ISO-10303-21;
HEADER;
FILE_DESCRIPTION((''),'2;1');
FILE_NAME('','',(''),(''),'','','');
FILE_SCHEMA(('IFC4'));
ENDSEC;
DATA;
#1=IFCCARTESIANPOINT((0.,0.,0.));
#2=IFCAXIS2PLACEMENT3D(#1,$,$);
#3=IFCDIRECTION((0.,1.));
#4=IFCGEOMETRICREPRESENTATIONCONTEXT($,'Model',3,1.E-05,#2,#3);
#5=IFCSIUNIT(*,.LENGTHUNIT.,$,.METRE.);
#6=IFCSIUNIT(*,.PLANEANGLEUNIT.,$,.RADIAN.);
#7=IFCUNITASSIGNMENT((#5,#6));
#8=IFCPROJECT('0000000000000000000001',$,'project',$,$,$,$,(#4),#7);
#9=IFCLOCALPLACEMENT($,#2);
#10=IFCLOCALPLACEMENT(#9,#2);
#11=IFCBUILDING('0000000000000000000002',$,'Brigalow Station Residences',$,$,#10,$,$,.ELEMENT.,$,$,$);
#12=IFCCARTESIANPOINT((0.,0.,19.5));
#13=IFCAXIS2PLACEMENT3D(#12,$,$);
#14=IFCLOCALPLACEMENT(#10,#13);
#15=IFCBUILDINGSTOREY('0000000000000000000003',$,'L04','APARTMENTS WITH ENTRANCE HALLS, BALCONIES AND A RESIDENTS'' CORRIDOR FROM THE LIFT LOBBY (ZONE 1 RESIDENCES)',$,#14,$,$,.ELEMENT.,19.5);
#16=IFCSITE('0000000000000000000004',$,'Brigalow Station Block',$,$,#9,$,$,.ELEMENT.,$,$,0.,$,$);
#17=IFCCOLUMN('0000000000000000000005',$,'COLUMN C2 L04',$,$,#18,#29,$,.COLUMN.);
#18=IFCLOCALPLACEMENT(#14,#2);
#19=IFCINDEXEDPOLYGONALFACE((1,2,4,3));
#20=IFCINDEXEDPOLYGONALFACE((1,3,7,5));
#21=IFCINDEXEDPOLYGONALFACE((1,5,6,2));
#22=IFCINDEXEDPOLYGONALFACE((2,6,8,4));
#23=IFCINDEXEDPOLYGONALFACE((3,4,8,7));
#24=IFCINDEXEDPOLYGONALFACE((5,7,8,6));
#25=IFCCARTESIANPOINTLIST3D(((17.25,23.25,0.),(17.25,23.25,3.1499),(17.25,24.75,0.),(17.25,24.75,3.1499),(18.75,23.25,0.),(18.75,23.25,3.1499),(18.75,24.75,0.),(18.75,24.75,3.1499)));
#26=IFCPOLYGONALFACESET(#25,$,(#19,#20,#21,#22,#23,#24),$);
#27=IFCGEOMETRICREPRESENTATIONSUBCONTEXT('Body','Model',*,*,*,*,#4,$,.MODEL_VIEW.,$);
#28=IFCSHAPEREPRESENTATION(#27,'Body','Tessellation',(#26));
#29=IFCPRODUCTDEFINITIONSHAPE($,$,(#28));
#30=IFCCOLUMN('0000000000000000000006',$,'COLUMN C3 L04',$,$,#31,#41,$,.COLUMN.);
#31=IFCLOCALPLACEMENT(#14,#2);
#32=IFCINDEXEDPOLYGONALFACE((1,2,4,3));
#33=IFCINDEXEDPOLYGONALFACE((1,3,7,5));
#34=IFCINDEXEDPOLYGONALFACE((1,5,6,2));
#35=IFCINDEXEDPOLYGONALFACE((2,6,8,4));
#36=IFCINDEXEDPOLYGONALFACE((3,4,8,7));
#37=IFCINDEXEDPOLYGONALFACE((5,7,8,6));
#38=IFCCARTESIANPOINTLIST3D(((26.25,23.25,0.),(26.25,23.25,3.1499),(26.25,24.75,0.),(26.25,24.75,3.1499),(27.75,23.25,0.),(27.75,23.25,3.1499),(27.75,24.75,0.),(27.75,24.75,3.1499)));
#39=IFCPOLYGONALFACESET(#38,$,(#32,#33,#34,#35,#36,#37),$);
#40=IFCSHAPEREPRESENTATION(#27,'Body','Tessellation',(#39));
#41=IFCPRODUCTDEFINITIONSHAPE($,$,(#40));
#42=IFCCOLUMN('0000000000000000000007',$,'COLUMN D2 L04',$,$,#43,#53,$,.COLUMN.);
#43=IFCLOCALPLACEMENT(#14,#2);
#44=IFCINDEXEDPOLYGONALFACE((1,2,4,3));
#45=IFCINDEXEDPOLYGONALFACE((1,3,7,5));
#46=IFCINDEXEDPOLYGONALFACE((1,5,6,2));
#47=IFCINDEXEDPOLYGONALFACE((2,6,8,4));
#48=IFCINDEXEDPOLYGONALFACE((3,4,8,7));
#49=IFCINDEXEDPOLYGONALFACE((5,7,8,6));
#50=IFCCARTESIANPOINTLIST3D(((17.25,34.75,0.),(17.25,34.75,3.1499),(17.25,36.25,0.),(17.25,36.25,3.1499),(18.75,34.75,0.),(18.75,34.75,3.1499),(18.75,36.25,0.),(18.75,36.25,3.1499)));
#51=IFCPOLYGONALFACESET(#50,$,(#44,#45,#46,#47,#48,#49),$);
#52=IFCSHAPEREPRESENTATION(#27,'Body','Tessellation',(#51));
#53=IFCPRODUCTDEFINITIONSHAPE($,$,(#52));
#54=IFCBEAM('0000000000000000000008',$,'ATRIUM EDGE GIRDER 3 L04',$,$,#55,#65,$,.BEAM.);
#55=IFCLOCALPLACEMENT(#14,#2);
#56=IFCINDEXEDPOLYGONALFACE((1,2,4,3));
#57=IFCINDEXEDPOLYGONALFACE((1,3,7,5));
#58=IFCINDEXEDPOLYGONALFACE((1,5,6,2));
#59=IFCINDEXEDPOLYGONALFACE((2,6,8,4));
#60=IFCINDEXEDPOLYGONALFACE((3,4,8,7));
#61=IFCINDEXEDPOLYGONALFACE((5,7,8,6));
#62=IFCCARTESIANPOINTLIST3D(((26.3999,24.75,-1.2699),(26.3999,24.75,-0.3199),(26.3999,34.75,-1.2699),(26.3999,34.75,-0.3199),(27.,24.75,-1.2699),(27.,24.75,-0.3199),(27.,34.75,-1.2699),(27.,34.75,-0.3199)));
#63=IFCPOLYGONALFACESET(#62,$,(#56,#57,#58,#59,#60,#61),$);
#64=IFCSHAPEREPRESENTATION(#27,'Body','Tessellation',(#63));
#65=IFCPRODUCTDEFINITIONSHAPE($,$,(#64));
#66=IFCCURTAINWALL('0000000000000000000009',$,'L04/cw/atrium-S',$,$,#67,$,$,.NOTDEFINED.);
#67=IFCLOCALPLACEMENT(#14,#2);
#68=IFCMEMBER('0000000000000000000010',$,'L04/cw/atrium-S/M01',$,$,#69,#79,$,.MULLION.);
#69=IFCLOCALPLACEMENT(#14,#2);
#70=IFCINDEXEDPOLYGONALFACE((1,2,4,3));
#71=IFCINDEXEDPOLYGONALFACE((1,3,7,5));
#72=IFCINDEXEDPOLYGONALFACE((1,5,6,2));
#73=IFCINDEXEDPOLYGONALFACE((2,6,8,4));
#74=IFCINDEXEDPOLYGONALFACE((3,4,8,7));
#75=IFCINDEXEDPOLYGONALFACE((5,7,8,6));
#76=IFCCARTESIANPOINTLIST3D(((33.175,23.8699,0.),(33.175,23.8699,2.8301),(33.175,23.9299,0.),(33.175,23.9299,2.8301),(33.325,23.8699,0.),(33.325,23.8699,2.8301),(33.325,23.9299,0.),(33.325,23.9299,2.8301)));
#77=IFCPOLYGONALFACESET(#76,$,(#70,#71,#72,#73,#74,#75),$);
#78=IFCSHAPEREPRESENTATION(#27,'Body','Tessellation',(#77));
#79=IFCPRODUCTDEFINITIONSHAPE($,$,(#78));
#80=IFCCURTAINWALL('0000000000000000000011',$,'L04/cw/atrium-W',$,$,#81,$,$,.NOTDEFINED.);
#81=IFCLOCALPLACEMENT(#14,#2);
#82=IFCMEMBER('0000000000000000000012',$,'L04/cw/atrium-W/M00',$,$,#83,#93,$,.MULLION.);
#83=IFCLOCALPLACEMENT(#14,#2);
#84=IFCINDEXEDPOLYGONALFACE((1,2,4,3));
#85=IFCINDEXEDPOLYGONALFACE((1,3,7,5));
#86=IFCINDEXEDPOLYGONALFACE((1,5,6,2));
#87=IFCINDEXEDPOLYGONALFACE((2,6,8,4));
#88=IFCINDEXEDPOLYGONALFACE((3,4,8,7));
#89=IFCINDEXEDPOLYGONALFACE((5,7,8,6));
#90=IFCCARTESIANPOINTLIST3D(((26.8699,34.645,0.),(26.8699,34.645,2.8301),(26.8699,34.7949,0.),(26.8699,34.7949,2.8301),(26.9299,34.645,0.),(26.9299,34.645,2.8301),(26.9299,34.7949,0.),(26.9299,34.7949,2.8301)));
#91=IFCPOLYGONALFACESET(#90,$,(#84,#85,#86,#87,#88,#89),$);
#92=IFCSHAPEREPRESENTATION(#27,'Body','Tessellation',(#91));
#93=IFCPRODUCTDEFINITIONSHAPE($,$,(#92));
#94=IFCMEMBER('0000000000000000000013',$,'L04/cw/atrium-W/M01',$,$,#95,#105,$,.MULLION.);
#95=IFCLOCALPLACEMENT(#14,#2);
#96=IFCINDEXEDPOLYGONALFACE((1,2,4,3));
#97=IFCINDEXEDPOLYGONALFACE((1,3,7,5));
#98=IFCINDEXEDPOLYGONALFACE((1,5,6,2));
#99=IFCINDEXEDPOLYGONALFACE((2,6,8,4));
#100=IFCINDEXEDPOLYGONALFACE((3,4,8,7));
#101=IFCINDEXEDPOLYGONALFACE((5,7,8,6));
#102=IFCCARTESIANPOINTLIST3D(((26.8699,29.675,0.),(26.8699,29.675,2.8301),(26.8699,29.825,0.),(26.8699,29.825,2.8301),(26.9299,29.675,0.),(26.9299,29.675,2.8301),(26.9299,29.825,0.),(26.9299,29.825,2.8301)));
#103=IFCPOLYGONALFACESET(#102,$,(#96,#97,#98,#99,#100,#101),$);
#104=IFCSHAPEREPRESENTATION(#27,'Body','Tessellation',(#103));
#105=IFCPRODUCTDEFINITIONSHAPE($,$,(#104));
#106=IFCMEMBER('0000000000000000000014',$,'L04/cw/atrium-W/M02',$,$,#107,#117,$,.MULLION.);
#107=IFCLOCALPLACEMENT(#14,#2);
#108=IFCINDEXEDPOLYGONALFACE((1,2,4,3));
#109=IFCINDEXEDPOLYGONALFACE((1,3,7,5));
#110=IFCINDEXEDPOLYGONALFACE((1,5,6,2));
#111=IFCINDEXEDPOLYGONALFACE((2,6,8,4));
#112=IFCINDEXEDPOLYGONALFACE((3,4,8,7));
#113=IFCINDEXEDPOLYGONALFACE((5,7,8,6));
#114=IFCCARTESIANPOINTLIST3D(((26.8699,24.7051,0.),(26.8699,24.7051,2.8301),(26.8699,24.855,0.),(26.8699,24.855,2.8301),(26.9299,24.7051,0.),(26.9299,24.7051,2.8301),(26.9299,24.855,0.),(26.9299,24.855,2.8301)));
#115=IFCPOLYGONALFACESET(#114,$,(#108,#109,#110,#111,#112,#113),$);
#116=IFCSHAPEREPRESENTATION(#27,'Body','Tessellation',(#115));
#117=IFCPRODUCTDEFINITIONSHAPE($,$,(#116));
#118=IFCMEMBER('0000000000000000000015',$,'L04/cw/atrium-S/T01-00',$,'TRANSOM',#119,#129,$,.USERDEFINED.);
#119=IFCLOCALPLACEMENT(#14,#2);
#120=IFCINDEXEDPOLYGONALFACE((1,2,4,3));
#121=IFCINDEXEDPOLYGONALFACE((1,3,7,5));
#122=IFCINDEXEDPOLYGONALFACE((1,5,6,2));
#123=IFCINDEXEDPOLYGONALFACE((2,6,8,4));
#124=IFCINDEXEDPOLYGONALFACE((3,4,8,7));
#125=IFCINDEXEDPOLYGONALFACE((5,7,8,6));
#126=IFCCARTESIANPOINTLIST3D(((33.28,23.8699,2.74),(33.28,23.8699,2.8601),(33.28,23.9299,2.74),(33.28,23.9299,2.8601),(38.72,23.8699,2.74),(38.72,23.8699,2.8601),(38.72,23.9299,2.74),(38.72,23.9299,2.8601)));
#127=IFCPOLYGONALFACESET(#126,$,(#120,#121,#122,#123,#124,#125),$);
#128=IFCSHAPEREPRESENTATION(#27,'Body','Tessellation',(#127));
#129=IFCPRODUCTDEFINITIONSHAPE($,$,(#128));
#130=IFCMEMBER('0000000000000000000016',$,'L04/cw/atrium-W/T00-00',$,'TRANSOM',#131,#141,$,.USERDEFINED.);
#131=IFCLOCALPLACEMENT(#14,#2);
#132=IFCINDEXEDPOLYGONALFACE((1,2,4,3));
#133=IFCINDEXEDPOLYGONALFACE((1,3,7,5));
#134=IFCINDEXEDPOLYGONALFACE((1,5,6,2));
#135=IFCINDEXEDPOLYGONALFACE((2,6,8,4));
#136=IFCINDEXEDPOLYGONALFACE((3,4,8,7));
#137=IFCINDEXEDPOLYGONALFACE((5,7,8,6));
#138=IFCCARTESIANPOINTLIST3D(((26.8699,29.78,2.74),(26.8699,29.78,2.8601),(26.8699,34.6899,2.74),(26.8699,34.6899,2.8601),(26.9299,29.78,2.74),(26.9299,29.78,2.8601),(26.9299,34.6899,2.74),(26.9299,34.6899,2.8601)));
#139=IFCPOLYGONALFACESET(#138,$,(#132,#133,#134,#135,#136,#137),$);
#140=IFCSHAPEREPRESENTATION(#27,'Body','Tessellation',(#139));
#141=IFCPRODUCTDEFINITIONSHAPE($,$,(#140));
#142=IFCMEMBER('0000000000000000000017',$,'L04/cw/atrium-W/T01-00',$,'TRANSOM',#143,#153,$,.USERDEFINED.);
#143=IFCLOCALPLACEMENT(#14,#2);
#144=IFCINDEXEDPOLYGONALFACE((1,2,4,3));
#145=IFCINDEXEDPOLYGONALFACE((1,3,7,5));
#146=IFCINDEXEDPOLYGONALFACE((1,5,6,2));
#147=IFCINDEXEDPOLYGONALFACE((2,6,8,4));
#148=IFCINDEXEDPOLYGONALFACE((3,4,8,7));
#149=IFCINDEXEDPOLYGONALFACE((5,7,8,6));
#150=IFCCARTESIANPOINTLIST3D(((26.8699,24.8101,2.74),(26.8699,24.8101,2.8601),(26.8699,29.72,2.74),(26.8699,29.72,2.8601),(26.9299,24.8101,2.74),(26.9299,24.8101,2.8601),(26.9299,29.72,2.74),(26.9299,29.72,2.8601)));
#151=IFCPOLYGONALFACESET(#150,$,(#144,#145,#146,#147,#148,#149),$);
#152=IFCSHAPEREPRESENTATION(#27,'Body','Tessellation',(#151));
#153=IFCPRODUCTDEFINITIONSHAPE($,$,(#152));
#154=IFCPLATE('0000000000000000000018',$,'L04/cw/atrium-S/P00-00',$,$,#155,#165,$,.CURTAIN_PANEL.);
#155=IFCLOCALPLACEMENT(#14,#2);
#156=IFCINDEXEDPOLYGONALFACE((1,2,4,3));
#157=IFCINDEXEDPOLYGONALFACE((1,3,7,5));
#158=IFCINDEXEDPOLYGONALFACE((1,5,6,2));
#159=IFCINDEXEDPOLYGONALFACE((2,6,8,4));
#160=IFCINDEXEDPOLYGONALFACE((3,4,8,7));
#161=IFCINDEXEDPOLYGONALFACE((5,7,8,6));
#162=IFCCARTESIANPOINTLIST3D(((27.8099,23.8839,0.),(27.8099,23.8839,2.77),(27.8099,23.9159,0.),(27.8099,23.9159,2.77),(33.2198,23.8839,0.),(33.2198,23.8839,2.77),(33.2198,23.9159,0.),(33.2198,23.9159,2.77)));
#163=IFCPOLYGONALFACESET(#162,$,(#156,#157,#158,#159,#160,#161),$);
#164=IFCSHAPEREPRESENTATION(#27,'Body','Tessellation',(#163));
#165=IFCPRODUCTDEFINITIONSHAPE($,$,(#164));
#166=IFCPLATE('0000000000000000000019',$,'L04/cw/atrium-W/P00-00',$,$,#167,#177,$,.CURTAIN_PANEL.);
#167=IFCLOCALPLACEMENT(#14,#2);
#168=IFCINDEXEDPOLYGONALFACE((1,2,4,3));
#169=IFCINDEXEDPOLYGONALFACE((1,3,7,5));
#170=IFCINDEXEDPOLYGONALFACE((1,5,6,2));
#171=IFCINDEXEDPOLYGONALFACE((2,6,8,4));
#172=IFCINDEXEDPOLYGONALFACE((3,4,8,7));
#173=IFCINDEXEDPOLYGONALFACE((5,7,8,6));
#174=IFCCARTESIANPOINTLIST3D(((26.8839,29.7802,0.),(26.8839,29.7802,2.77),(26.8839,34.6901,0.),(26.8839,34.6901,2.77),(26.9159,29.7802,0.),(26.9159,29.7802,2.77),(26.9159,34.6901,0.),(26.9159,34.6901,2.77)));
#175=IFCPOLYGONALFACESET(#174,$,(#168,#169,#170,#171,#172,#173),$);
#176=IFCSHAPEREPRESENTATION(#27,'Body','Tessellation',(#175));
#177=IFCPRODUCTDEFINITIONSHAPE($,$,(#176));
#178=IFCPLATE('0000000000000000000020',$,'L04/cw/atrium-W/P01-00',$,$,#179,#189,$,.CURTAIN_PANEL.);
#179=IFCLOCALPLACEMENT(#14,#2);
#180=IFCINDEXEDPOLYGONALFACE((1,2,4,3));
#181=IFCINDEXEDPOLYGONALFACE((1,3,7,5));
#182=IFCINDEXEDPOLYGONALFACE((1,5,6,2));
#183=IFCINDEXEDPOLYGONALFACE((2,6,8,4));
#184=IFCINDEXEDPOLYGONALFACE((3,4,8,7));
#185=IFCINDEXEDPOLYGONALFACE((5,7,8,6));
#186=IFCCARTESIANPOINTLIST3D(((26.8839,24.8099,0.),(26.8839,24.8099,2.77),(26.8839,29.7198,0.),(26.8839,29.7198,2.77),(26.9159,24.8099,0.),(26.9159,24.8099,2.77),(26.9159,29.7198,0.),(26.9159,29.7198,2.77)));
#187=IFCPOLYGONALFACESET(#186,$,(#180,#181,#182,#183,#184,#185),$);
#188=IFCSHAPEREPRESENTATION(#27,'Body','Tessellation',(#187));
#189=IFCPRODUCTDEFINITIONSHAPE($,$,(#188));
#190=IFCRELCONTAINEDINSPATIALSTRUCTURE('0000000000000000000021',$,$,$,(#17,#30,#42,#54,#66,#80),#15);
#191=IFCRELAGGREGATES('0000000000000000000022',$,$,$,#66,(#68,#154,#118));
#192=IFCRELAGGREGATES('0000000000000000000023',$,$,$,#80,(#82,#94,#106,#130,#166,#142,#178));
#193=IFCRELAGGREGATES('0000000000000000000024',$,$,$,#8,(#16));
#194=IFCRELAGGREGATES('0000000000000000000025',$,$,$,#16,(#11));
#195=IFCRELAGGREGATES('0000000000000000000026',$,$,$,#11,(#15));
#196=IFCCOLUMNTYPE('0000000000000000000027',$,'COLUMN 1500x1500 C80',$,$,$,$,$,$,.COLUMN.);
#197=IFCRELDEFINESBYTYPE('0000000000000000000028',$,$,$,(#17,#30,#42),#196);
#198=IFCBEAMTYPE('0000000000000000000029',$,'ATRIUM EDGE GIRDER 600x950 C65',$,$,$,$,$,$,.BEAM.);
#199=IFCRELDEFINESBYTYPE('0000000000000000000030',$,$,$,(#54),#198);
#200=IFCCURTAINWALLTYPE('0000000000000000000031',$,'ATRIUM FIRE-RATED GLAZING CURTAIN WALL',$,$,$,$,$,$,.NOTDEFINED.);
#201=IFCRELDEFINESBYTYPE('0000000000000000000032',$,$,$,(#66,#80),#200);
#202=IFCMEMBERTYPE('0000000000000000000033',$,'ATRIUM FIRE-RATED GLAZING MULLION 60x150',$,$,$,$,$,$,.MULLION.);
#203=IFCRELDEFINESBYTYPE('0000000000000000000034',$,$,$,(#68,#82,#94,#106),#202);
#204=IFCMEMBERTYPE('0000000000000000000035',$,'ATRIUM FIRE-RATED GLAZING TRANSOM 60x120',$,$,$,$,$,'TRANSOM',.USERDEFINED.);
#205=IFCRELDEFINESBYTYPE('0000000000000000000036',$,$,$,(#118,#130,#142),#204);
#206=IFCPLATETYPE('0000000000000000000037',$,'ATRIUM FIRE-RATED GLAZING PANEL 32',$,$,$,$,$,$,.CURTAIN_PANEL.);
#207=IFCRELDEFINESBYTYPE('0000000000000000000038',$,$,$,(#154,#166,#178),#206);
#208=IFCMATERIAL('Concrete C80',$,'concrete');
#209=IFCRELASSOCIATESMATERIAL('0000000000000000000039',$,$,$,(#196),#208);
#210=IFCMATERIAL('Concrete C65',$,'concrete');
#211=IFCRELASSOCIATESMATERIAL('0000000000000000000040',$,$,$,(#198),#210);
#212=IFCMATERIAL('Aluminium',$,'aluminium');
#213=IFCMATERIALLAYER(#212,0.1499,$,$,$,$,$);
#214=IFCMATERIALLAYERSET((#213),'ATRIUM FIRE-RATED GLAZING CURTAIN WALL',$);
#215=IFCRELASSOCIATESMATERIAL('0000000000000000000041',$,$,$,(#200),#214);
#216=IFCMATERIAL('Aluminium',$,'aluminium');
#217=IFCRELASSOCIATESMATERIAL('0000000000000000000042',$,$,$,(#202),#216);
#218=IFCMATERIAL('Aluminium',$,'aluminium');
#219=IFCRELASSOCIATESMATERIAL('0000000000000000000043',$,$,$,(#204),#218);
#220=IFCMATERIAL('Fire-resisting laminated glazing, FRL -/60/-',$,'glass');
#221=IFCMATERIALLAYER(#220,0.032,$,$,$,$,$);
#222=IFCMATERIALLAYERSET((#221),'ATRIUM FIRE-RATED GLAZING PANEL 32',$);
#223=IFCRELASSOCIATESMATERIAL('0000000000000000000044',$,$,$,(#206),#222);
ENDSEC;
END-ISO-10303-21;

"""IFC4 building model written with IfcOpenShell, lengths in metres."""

from ifc_helpers import new_model, si_unit, direction, frame, origin, origin_2d, place, context, subcontext, project, spatial, rectangle, extrude, material, layer, layer_set, material_profile, profile_set, type_object, element, aggregate, save


model = new_model("IFC4")

# Units and contexts
model_context = context("Model", 3, precision=1e-05, world=origin(), true_north=direction((0.0, 1.0)))
body_context = subcontext(model_context, "Body", "Model", "MODEL_VIEW")
ifc_project = project(units=[si_unit("LENGTHUNIT", "METRE"), si_unit("PLANEANGLEUNIT", "RADIAN")], contexts=[model_context])

# Site, building, storey
site_placement = place(None, origin())
site = spatial("IfcSite", under=ifc_project, at=site_placement, Name="Brigalow Station Block", CompositionType="ELEMENT", RefElevation=0.0)
building_placement = place(site_placement, origin())
building = spatial("IfcBuilding", under=site, at=building_placement, Name="Brigalow Station Residences", CompositionType="ELEMENT")
storey_placement = place(building_placement, frame((0.0, 0.0, 19.5)))
storey = spatial("IfcBuildingStorey", under=building, at=storey_placement, Name="L04", Description="APARTMENTS WITH ENTRANCE HALLS, BALCONIES AND A RESIDENTS' CORRIDOR FROM THE LIFT LOBBY (ZONE 1 RESIDENCES)", CompositionType="ELEMENT", Elevation=19.5)

# Columns
ifc_material_1 = material(Name="Concrete C80", Category="concrete")
ifc_material_profile_1 = material_profile(ifc_material_1, rectangle(XDim=1.5, YDim=1.5, at=origin_2d()), Name="RC1500x1500")
ifc_profile_set_1 = profile_set([ifc_material_profile_1], Name="Concrete C80")
column_type = type_object("IfcColumnType", Name="COLUMN 1500x1500 C80", PredefinedType="COLUMN", material=ifc_profile_set_1)
for number, where, z_axis, x_axis, name in (
    (1, (18.0, 24.0, 0.0), (0.0, 0.0, 1.0), (1.0, 0.0, 0.0), "COLUMN C2 L04"),
    (2, (27.0, 24.0, 0.0), (0.0, 0.0, 1.0), (1.0, 0.0, 0.0), "COLUMN C3 L04"),
    (3, (18.0, 35.5, 0.0), (0.0, 0.0, 1.0), (1.0, 0.0, 0.0), "COLUMN D2 L04"),
):
    element("IfcColumn", number, at=place(storey_placement, frame(where, z_axis=z_axis, x_axis=x_axis)), inside=storey, type_object=column_type, Name=name, PredefinedType="COLUMN", context=body_context, shape_type="SweptSolid", body=[
        extrude(rectangle(XDim=1.5, YDim=1.5, at=origin_2d()), origin(), (0.0, 0.0, 1.0), 3.1499),
    ])

# Beam
ifc_material_2 = material(Name="Concrete C65", Category="concrete")
ifc_material_profile_2 = material_profile(ifc_material_2, rectangle(XDim=0.6001, YDim=0.95, at=origin_2d()), Name="RC600x950")
ifc_profile_set_2 = profile_set([ifc_material_profile_2], Name="Concrete C65")
beam_type = type_object("IfcBeamType", Name="ATRIUM EDGE GIRDER 600x950 C65", PredefinedType="BEAM", material=ifc_profile_set_2)
beam_placement = place(storey_placement, frame((26.7, 24.75, -0.7949), z_axis=(0.0, 1.0, 0.0), x_axis=(-1.0, 0.0, 0.0)))
element("IfcBeam", 4, at=beam_placement, inside=storey, type_object=beam_type, Name="ATRIUM EDGE GIRDER 3 L04", PredefinedType="BEAM", context=body_context, shape_type="SweptSolid", body=[
    extrude(rectangle(XDim=0.6001, YDim=0.95, at=origin_2d()), origin(), (0.0, 0.0, 1.0), 10.0),
])

# Curtain wall, member
ifc_material_3 = material(Name="Aluminium", Category="aluminium")
ifc_layer_1 = layer(ifc_material_3, 0.1499)
ifc_layer_set_1 = layer_set([ifc_layer_1], Name="ATRIUM FIRE-RATED GLAZING CURTAIN WALL")
curtain_wall_type = type_object("IfcCurtainWallType", Name="ATRIUM FIRE-RATED GLAZING CURTAIN WALL", PredefinedType="NOTDEFINED", material=ifc_layer_set_1)
curtain_wall_1_placement = place(storey_placement, origin())
curtain_wall_1 = element("IfcCurtainWall", 5, at=curtain_wall_1_placement, inside=storey, type_object=curtain_wall_type, Name="L04/cw/atrium-S", PredefinedType="NOTDEFINED")
ifc_material_4 = material(Name="Aluminium", Category="aluminium")
ifc_material_profile_3 = material_profile(ifc_material_4, rectangle(XDim=0.0601, YDim=0.1499, at=origin_2d()), Name="ATRIUM FIRE-RATED GLAZING MULLION 60x150")
ifc_profile_set_3 = profile_set([ifc_material_profile_3], Name="Aluminium")
member_type_1 = type_object("IfcMemberType", Name="ATRIUM FIRE-RATED GLAZING MULLION 60x150", PredefinedType="MULLION", material=ifc_profile_set_3)
member_1_placement = place(storey_placement, frame((33.25, 23.8999, 0.0), z_axis=(0.0, 0.0, 1.0), x_axis=(0.0, 1.0, 0.0)))
member_1 = element("IfcMember", 6, at=member_1_placement, type_object=member_type_1, Name="L04/cw/atrium-S/M01", PredefinedType="MULLION", context=body_context, shape_type="SweptSolid", body=[
    extrude(rectangle(XDim=0.0601, YDim=0.1499, at=origin_2d()), origin(), (0.0, 0.0, 1.0), 2.8301),
])

# Curtain wall, members
curtain_wall_2_placement = place(storey_placement, origin())
curtain_wall_2 = element("IfcCurtainWall", 7, at=curtain_wall_2_placement, inside=storey, type_object=curtain_wall_type, Name="L04/cw/atrium-W", PredefinedType="NOTDEFINED")
member_2_placement = place(storey_placement, frame((26.8999, 34.72, 0.0), z_axis=(0.0, 0.0, 1.0), x_axis=(1.0, 0.0, 0.0)))
member_2 = element("IfcMember", 8, at=member_2_placement, type_object=member_type_1, Name="L04/cw/atrium-W/M00", PredefinedType="MULLION", context=body_context, shape_type="SweptSolid", body=[
    extrude(rectangle(XDim=0.0601, YDim=0.1499, at=origin_2d()), origin(), (0.0, 0.0, 1.0), 2.8301),
])
member_3_placement = place(storey_placement, frame((26.8999, 29.75, 0.0), z_axis=(0.0, 0.0, 1.0), x_axis=(1.0, 0.0, 0.0)))
member_3 = element("IfcMember", 9, at=member_3_placement, type_object=member_type_1, Name="L04/cw/atrium-W/M01", PredefinedType="MULLION", context=body_context, shape_type="SweptSolid", body=[
    extrude(rectangle(XDim=0.0601, YDim=0.1499, at=origin_2d()), origin(), (0.0, 0.0, 1.0), 2.8301),
])
member_4_placement = place(storey_placement, frame((26.8999, 24.78, 0.0), z_axis=(0.0, 0.0, 1.0), x_axis=(1.0, 0.0, 0.0)))
member_4 = element("IfcMember", 10, at=member_4_placement, type_object=member_type_1, Name="L04/cw/atrium-W/M02", PredefinedType="MULLION", context=body_context, shape_type="SweptSolid", body=[
    extrude(rectangle(XDim=0.0601, YDim=0.1499, at=origin_2d()), origin(), (0.0, 0.0, 1.0), 2.8301),
])

# Members
ifc_material_5 = material(Name="Aluminium", Category="aluminium")
ifc_material_profile_4 = material_profile(ifc_material_5, rectangle(XDim=0.0601, YDim=0.1201, at=origin_2d()), Name="ATRIUM FIRE-RATED GLAZING TRANSOM 60x120")
ifc_profile_set_4 = profile_set([ifc_material_profile_4], Name="Aluminium")
member_type_2 = type_object("IfcMemberType", Name="ATRIUM FIRE-RATED GLAZING TRANSOM 60x120", ElementType="TRANSOM", PredefinedType="USERDEFINED", material=ifc_profile_set_4)
member_5_placement = place(storey_placement, frame((33.28, 23.8999, 2.8), z_axis=(1.0, 0.0, 0.0), x_axis=(0.0, 1.0, 0.0)))
member_5 = element("IfcMember", 11, at=member_5_placement, type_object=member_type_2, Name="L04/cw/atrium-S/T01-00", ObjectType="TRANSOM", PredefinedType="USERDEFINED", context=body_context, shape_type="SweptSolid", body=[
    extrude(rectangle(XDim=0.0601, YDim=0.1201, at=origin_2d()), origin(), (0.0, 0.0, 1.0), 5.4399),
])
member_6_placement = place(storey_placement, frame((26.8999, 34.6899, 2.8), z_axis=(0.0, -1.0, 0.0), x_axis=(1.0, 0.0, 0.0)))
member_6 = element("IfcMember", 12, at=member_6_placement, type_object=member_type_2, Name="L04/cw/atrium-W/T00-00", ObjectType="TRANSOM", PredefinedType="USERDEFINED", context=body_context, shape_type="SweptSolid", body=[
    extrude(rectangle(XDim=0.0601, YDim=0.1201, at=origin_2d()), origin(), (0.0, 0.0, 1.0), 4.9099),
])
member_7_placement = place(storey_placement, frame((26.8999, 29.72, 2.8), z_axis=(0.0, -1.0, 0.0), x_axis=(1.0, 0.0, 0.0)))
member_7 = element("IfcMember", 13, at=member_7_placement, type_object=member_type_2, Name="L04/cw/atrium-W/T01-00", ObjectType="TRANSOM", PredefinedType="USERDEFINED", context=body_context, shape_type="SweptSolid", body=[
    extrude(rectangle(XDim=0.0601, YDim=0.1201, at=origin_2d()), origin(), (0.0, 0.0, 1.0), 4.9099),
])

# Plates
ifc_material_6 = material(Name="Fire-resisting laminated glazing, FRL -/60/-", Category="glass")
ifc_layer_2 = layer(ifc_material_6, 0.032)
ifc_layer_set_2 = layer_set([ifc_layer_2], Name="ATRIUM FIRE-RATED GLAZING PANEL 32")
plate_type = type_object("IfcPlateType", Name="ATRIUM FIRE-RATED GLAZING PANEL 32", PredefinedType="CURTAIN_PANEL", material=ifc_layer_set_2)
plate_1_placement = place(storey_placement, frame((30.5149, 23.8999, 0.0), z_axis=(0.0, 0.0, 1.0), x_axis=(1.0, 0.0, 0.0)))
plate_1 = element("IfcPlate", 14, at=plate_1_placement, type_object=plate_type, Name="L04/cw/atrium-S/P00-00", PredefinedType="CURTAIN_PANEL", context=body_context, shape_type="SweptSolid", body=[
    extrude(rectangle(XDim=5.4099, YDim=0.032, at=origin_2d()), origin(), (0.0, 0.0, 1.0), 2.77),
])
aggregate(curtain_wall_1, [member_1, plate_1, member_5])
plate_2_placement = place(storey_placement, frame((26.8999, 32.2351, 0.0), z_axis=(0.0, 0.0, 1.0), x_axis=(0.0, -1.0, 0.0)))
plate_2 = element("IfcPlate", 15, at=plate_2_placement, type_object=plate_type, Name="L04/cw/atrium-W/P00-00", PredefinedType="CURTAIN_PANEL", context=body_context, shape_type="SweptSolid", body=[
    extrude(rectangle(XDim=4.9099, YDim=0.032, at=origin_2d()), origin(), (0.0, 0.0, 1.0), 2.77),
])
plate_3_placement = place(storey_placement, frame((26.8999, 27.2649, 0.0), z_axis=(0.0, 0.0, 1.0), x_axis=(0.0, -1.0, 0.0)))
plate_3 = element("IfcPlate", 16, at=plate_3_placement, type_object=plate_type, Name="L04/cw/atrium-W/P01-00", PredefinedType="CURTAIN_PANEL", context=body_context, shape_type="SweptSolid", body=[
    extrude(rectangle(XDim=4.9099, YDim=0.032, at=origin_2d()), origin(), (0.0, 0.0, 1.0), 2.77),
])
aggregate(curtain_wall_2, [member_2, member_3, member_4, member_6, plate_2, member_7, plate_3])

save(model, "model.ifc")
